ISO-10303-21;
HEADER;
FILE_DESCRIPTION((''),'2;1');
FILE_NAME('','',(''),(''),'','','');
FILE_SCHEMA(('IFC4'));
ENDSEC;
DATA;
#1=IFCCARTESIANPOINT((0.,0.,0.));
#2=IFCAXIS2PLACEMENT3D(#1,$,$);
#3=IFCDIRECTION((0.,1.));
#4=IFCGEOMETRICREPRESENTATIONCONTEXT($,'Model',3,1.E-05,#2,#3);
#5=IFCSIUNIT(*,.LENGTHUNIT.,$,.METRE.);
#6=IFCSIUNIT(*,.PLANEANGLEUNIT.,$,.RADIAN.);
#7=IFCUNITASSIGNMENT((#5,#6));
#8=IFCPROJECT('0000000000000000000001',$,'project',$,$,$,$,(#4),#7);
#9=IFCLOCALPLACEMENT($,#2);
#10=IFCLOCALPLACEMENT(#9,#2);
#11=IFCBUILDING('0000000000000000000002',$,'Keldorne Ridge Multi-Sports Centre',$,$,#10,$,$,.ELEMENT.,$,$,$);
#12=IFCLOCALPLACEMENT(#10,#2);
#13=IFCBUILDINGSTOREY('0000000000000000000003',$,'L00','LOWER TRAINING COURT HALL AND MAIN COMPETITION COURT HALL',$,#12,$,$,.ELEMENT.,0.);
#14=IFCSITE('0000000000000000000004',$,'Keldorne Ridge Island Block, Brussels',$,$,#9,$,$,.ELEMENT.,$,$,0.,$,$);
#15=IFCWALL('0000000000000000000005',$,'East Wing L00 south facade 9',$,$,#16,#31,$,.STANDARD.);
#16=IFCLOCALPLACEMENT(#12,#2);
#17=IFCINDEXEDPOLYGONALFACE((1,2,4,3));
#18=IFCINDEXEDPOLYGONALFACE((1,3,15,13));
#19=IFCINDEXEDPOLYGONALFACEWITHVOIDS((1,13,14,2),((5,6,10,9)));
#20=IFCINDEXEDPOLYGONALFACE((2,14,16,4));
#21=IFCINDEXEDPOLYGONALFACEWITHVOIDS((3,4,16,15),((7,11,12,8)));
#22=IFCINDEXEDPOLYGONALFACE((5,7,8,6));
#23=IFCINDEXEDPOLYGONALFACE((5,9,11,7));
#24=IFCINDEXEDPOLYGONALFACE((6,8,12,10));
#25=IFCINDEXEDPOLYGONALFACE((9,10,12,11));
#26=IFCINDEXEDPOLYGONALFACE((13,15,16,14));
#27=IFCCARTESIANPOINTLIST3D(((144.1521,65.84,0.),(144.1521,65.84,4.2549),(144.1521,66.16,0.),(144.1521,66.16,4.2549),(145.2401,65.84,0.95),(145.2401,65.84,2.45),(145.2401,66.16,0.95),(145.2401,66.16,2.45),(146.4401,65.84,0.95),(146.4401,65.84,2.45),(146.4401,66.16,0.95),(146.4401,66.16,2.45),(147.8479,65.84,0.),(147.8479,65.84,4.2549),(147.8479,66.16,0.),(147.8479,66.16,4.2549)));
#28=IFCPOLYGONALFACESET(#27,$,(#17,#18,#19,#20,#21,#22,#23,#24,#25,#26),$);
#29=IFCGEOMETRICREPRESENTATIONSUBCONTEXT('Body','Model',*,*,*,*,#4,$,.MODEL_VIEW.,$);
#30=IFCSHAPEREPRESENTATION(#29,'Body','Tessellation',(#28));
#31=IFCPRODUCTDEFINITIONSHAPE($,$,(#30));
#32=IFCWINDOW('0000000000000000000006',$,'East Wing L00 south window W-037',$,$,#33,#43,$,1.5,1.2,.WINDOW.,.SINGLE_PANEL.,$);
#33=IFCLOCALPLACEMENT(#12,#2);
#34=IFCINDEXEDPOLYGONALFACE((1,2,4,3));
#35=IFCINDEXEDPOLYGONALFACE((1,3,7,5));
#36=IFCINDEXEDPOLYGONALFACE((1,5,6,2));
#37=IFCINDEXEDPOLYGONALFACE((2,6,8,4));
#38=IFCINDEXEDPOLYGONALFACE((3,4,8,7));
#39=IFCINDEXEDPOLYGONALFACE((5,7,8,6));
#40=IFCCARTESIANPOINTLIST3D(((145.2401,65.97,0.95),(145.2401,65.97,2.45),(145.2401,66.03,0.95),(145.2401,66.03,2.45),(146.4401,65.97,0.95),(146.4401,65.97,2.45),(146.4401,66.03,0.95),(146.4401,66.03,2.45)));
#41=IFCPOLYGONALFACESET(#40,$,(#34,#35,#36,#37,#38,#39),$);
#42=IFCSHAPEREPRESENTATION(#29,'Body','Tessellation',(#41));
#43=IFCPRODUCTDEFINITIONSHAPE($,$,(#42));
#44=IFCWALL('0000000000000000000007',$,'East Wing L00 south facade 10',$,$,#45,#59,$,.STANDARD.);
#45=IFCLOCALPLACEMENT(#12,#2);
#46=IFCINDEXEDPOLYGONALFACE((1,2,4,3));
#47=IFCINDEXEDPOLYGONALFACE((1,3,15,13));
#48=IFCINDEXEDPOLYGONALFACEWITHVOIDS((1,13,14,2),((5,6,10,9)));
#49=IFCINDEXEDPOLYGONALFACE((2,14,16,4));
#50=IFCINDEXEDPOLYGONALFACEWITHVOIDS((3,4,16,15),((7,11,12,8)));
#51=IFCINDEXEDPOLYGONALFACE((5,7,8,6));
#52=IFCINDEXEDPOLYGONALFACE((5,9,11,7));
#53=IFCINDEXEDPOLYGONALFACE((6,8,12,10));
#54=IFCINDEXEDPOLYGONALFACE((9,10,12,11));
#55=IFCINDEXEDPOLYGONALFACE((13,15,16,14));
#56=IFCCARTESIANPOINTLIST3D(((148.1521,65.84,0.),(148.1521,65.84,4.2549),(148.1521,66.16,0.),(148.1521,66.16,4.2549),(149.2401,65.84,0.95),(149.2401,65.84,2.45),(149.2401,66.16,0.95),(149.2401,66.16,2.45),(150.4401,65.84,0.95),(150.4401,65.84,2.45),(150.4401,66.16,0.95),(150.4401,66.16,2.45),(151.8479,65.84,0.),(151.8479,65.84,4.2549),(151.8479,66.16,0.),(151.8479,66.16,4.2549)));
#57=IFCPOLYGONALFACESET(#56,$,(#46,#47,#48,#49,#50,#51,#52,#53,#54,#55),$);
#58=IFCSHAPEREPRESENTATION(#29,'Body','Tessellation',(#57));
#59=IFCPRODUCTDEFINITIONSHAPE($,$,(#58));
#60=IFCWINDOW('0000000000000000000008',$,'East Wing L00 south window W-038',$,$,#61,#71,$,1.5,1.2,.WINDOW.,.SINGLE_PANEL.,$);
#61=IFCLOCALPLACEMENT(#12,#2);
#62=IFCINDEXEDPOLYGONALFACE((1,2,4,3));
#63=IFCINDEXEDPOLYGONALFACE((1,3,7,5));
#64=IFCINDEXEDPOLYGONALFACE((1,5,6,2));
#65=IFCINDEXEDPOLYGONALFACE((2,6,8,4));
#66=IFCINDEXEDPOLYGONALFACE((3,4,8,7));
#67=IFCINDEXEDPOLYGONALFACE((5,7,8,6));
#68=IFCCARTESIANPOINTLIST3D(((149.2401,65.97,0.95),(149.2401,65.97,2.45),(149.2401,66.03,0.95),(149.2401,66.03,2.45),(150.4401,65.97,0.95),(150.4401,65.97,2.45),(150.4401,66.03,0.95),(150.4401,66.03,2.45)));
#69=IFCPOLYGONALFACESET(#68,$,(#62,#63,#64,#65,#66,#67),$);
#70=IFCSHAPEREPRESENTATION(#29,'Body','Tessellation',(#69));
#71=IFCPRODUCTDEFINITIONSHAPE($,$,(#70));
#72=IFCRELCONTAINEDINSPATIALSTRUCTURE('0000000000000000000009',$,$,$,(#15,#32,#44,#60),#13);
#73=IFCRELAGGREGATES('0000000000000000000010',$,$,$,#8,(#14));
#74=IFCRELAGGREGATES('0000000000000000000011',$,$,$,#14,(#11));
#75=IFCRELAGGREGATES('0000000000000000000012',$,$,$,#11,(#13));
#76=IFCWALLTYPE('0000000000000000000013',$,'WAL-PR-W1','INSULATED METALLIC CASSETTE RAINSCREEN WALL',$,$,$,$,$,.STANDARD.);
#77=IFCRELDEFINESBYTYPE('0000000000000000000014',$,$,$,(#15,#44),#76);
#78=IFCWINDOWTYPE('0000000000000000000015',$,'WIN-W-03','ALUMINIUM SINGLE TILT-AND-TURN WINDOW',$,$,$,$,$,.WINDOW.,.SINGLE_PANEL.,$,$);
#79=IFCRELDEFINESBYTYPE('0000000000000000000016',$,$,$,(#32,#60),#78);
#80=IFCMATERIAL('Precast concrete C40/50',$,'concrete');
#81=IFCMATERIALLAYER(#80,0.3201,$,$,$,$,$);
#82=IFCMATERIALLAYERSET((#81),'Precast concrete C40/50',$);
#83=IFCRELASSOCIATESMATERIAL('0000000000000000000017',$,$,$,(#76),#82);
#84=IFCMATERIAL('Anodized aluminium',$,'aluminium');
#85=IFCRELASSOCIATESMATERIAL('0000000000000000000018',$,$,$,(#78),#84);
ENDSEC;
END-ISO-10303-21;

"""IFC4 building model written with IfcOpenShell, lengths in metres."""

from ifc_helpers import new_model, si_unit, direction, frame, frame_2d, origin, place, context, subcontext, project, spatial, rectangle, extrude, material, layer, layer_set, type_object, element, fill, save


model = new_model("IFC4")

# Units and contexts
model_context = context("Model", 3, precision=1e-05, world=origin(), true_north=direction((0.0, 1.0)))
body_context = subcontext(model_context, "Body", "Model", "MODEL_VIEW")
ifc_project = project(units=[si_unit("LENGTHUNIT", "METRE"), si_unit("PLANEANGLEUNIT", "RADIAN")], contexts=[model_context])

# Site, building, storey
site_placement = place(None, origin())
site = spatial("IfcSite", under=ifc_project, at=site_placement, Name="Keldorne Ridge Island Block, Brussels", CompositionType="ELEMENT", RefElevation=0.0)
building_placement = place(site_placement, origin())
building = spatial("IfcBuilding", under=site, at=building_placement, Name="Keldorne Ridge Multi-Sports Centre", CompositionType="ELEMENT")
storey_placement = place(building_placement, origin())
storey = spatial("IfcBuildingStorey", under=building, at=storey_placement, Name="L00", Description="LOWER TRAINING COURT HALL AND MAIN COMPETITION COURT HALL", CompositionType="ELEMENT", Elevation=0.0)

# Walls, openings, windows
ifc_material_1 = material(Name="Precast concrete C40/50", Category="concrete")
ifc_layer_1 = layer(ifc_material_1, 0.3201)
ifc_layer_set_1 = layer_set([ifc_layer_1], Name="Precast concrete C40/50")
wall_type_1 = type_object("IfcWallType", Name="WAL-PR-W1", Description="INSULATED METALLIC CASSETTE RAINSCREEN WALL", PredefinedType="STANDARD", material=ifc_layer_set_1)
wall_1_placement = place(storey_placement, frame((144.1521, 66.0, 0.0), z_axis=(0.0, 0.0, 1.0), x_axis=(1.0, 0.0, 0.0)))
wall_1 = element("IfcWall", 1, at=wall_1_placement, inside=storey, type_object=wall_type_1, Name="East Wing L00 south facade 9", PredefinedType="STANDARD", context=body_context, shape_type="SweptSolid", body=[
    extrude(rectangle(XDim=3.6958, YDim=0.3201, at=frame_2d((1.8479, 0.0))), origin(), (0.0, 0.0, 1.0), 4.2549),
])
opening_1_placement = place(wall_1_placement, frame((1.0879, 0.0, 0.95)))
opening_1 = element("IfcOpeningElement", 2, at=opening_1_placement, cuts=wall_1, PredefinedType="OPENING", context=body_context, shape_type="SweptSolid", body=[
    extrude(rectangle(XDim=1.2, YDim=1.5, at=frame_2d((0.6001, 0.75))), frame((0.0, 0.1699, 0.0), z_axis=(0.0, -1.0, 0.0), x_axis=(1.0, 0.0, 0.0)), (0.0, 0.0, 1.0), 0.3401),
])
ifc_material_2 = material(Name="Anodized aluminium", Category="aluminium")
window_type = type_object("IfcWindowType", Name="WIN-W-03", Description="ALUMINIUM SINGLE TILT-AND-TURN WINDOW", PartitioningType="SINGLE_PANEL", PredefinedType="WINDOW", material=ifc_material_2)
window_1_placement = place(opening_1_placement, origin())
window_1 = element("IfcWindow", 3, at=window_1_placement, inside=storey, type_object=window_type, Name="East Wing L00 south window W-037", OverallHeight=1.5, OverallWidth=1.2, PartitioningType="SINGLE_PANEL", PredefinedType="WINDOW", context=body_context, shape_type="SweptSolid", body=[
    extrude(rectangle(XDim=1.2, YDim=1.5, at=frame_2d((0.6001, 0.75))), frame((0.0, 0.03, 0.0), z_axis=(0.0, -1.0, 0.0), x_axis=(1.0, 0.0, 0.0)), (0.0, 0.0, 1.0), 0.0601),
])
fill(opening_1, window_1)
wall_2_placement = place(storey_placement, frame((148.1521, 66.0, 0.0), z_axis=(0.0, 0.0, 1.0), x_axis=(1.0, 0.0, 0.0)))
wall_2 = element("IfcWall", 4, at=wall_2_placement, inside=storey, type_object=wall_type_1, Name="East Wing L00 south facade 10", PredefinedType="STANDARD", context=body_context, shape_type="SweptSolid", body=[
    extrude(rectangle(XDim=3.6958, YDim=0.3201, at=frame_2d((1.8479, 0.0))), origin(), (0.0, 0.0, 1.0), 4.2549),
])
opening_2_placement = place(wall_2_placement, frame((1.0879, 0.0, 0.95)))
opening_2 = element("IfcOpeningElement", 5, at=opening_2_placement, cuts=wall_2, PredefinedType="OPENING", context=body_context, shape_type="SweptSolid", body=[
    extrude(rectangle(XDim=1.2, YDim=1.5, at=frame_2d((0.6001, 0.75))), frame((0.0, 0.1699, 0.0), z_axis=(0.0, -1.0, 0.0), x_axis=(1.0, 0.0, 0.0)), (0.0, 0.0, 1.0), 0.3401),
])
window_2_placement = place(opening_2_placement, origin())
window_2 = element("IfcWindow", 6, at=window_2_placement, inside=storey, type_object=window_type, Name="East Wing L00 south window W-038", OverallHeight=1.5, OverallWidth=1.2, PartitioningType="SINGLE_PANEL", PredefinedType="WINDOW", context=body_context, shape_type="SweptSolid", body=[
    extrude(rectangle(XDim=1.2, YDim=1.5, at=frame_2d((0.6001, 0.75))), frame((0.0, 0.03, 0.0), z_axis=(0.0, -1.0, 0.0), x_axis=(1.0, 0.0, 0.0)), (0.0, 0.0, 1.0), 0.0601),
])
fill(opening_2, window_2)

save(model, "model.ifc")
